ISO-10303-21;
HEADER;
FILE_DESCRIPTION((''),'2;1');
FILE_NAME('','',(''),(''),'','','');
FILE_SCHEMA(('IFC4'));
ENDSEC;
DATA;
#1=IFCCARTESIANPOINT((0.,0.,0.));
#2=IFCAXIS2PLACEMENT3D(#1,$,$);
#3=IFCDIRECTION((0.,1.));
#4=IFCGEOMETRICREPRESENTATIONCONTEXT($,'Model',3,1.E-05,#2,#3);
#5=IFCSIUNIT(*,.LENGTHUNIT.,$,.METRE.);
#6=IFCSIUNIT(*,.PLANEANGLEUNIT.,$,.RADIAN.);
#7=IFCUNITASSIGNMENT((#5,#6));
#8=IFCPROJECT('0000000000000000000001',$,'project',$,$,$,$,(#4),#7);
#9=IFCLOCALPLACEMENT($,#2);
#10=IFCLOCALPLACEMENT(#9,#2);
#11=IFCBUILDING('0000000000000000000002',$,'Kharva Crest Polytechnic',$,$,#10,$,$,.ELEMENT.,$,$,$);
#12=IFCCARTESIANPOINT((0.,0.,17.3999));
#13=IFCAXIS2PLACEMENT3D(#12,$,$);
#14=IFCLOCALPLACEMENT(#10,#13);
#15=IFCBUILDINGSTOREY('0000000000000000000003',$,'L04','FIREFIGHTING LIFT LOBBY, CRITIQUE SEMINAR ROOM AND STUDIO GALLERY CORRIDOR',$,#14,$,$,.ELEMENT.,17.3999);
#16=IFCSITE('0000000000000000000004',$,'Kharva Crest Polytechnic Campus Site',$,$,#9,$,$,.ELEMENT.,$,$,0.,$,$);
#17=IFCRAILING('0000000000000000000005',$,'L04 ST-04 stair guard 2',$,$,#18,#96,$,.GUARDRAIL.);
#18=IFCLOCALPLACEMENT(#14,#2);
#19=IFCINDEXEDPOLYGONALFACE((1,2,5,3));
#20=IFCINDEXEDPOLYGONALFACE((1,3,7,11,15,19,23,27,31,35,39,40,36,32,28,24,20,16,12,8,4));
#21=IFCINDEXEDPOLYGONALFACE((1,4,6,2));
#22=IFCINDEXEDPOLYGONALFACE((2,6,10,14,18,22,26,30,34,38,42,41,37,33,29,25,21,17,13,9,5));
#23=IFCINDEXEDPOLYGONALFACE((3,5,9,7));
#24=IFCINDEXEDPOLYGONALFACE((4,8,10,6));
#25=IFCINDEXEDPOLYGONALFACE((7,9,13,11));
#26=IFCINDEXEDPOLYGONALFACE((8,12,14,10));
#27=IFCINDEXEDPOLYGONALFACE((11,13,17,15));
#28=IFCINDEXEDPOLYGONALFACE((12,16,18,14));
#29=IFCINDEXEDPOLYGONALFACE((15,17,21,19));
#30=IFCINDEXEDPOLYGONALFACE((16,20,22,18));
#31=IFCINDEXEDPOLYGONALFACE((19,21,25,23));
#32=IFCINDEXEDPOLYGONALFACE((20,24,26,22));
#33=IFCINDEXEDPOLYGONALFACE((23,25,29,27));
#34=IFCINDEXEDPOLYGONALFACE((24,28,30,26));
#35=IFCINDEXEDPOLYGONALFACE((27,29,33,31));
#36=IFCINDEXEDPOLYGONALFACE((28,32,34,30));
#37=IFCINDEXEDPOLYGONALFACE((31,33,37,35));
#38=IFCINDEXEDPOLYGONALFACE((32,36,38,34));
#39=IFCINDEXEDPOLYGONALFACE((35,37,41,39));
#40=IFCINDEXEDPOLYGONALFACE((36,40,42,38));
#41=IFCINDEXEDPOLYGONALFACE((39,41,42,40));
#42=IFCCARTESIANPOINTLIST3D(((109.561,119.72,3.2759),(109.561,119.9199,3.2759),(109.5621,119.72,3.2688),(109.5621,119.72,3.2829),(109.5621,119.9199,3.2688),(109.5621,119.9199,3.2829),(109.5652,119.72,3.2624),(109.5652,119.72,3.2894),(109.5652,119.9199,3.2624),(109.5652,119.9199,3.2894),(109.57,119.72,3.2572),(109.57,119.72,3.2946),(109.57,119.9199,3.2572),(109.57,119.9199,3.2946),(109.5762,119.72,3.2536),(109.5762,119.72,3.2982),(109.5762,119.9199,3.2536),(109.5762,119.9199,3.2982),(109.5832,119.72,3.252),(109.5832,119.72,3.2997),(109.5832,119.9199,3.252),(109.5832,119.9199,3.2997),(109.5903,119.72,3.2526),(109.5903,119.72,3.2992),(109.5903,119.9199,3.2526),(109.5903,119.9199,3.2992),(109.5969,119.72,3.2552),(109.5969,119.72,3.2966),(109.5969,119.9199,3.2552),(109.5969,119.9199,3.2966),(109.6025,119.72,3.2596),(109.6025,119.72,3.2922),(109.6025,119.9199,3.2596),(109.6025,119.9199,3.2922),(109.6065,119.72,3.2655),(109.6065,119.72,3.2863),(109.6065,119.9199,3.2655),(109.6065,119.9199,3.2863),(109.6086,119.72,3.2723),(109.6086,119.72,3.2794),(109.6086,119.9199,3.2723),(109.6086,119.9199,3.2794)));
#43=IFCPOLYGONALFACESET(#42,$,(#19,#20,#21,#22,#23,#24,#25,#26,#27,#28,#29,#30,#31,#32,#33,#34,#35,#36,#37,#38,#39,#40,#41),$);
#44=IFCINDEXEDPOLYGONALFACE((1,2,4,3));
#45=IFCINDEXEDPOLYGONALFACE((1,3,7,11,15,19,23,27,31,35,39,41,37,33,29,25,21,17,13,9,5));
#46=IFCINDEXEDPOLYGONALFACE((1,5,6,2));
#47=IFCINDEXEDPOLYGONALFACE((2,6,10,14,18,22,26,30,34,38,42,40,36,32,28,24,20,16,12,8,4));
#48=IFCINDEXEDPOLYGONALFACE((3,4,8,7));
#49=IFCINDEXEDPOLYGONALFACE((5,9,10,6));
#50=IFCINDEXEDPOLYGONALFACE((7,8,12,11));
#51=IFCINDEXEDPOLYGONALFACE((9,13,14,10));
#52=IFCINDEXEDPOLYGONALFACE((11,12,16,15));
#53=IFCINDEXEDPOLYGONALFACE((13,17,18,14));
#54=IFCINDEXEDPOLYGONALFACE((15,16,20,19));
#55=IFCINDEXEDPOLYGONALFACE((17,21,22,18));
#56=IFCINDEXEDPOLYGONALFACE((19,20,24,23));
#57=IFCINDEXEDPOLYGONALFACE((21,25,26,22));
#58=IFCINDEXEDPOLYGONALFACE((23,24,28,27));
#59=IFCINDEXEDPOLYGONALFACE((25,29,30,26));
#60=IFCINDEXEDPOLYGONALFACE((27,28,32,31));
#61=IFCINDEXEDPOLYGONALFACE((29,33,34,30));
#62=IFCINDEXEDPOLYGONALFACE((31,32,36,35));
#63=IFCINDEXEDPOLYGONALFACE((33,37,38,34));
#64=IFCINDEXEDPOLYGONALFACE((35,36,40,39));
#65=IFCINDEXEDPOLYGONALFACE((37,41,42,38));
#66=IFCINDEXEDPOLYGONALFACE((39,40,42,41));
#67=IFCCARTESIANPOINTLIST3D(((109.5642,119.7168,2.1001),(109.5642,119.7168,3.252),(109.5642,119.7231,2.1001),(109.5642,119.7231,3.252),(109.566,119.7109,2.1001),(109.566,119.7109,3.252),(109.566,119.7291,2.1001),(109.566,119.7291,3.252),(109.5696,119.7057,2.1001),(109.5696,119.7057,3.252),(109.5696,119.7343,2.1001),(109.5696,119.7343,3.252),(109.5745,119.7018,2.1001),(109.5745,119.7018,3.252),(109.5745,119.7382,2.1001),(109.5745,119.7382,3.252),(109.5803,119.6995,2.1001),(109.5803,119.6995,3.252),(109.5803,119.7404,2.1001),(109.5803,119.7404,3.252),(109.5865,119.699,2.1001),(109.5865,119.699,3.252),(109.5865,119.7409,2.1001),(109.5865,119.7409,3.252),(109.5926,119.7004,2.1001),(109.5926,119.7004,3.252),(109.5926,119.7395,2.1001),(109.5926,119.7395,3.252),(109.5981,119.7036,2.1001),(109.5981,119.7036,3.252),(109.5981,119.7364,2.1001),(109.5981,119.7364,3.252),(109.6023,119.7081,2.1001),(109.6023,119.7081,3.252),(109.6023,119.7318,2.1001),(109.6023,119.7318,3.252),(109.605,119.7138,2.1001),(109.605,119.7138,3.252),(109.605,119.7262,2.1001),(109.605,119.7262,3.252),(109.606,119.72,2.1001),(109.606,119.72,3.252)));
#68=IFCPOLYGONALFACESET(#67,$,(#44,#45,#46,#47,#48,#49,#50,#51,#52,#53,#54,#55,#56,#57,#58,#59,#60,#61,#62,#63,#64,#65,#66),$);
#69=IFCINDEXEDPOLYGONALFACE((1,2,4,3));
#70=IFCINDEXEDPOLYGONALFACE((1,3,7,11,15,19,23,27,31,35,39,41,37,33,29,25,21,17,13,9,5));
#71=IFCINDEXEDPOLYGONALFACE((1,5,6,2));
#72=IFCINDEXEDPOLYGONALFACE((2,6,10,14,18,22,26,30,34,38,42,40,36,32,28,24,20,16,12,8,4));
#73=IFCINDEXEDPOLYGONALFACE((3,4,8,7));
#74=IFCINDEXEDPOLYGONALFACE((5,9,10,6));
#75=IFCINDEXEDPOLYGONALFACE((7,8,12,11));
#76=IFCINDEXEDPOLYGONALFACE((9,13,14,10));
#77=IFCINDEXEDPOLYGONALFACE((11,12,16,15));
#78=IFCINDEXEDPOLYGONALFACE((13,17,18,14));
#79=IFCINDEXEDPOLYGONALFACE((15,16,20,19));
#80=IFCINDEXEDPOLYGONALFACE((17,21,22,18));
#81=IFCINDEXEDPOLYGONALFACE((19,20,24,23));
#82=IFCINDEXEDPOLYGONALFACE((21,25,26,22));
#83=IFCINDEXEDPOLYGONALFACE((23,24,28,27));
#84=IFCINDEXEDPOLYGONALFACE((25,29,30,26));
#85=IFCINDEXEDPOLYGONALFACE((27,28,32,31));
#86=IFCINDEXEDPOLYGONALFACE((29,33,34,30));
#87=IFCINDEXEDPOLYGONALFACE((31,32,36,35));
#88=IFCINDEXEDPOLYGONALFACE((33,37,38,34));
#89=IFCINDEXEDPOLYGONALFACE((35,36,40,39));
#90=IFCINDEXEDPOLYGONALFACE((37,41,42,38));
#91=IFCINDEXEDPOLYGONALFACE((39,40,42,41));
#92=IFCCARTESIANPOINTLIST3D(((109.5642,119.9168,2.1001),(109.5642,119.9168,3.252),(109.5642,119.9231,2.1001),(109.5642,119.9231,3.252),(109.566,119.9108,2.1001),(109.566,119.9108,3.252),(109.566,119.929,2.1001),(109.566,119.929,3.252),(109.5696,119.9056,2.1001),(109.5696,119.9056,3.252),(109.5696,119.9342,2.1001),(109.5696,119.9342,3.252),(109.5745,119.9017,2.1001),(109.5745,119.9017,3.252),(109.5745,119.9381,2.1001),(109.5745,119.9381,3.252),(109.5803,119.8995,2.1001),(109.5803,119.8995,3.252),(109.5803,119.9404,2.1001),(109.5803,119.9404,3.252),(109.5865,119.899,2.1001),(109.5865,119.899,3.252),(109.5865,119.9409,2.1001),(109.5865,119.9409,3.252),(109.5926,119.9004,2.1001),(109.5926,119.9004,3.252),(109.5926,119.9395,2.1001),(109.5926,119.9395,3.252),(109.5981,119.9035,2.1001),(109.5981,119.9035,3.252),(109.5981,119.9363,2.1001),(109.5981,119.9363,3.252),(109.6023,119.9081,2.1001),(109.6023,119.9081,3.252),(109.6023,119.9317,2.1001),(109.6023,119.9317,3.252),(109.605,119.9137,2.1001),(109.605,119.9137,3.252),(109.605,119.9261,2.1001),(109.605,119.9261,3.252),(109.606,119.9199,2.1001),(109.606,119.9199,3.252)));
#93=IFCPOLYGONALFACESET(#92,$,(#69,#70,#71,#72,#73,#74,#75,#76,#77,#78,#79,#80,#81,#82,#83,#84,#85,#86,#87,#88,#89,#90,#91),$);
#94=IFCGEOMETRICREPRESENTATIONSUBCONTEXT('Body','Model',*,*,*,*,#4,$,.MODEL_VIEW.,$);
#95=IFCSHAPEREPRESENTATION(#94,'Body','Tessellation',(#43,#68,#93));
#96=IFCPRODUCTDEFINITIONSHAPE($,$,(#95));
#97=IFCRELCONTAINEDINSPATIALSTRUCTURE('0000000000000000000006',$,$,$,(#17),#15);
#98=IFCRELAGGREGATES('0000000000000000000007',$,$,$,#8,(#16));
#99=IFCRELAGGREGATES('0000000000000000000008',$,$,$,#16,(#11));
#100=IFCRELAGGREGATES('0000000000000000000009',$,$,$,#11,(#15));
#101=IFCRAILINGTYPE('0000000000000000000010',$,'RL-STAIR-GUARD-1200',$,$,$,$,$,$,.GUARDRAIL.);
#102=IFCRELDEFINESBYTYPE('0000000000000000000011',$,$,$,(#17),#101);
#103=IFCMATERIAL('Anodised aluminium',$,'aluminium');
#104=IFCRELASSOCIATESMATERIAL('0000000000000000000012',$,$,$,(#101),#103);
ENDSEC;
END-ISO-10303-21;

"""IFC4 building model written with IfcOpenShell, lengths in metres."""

from ifc_helpers import new_model, si_unit, direction, frame, origin, origin_2d, place, context, subcontext, project, spatial, circle, extrude, material, type_object, element, save


model = new_model("IFC4")

# Units and contexts
model_context = context("Model", 3, precision=1e-05, world=origin(), true_north=direction((0.0, 1.0)))
body_context = subcontext(model_context, "Body", "Model", "MODEL_VIEW")
ifc_project = project(units=[si_unit("LENGTHUNIT", "METRE"), si_unit("PLANEANGLEUNIT", "RADIAN")], contexts=[model_context])

# Site, building, storey
site_placement = place(None, origin())
site = spatial("IfcSite", under=ifc_project, at=site_placement, Name="Kharva Crest Polytechnic Campus Site", CompositionType="ELEMENT", RefElevation=0.0)
building_placement = place(site_placement, origin())
building = spatial("IfcBuilding", under=site, at=building_placement, Name="Kharva Crest Polytechnic", CompositionType="ELEMENT")
storey_placement = place(building_placement, frame((0.0, 0.0, 17.3999)))
storey = spatial("IfcBuildingStorey", under=building, at=storey_placement, Name="L04", Description="FIREFIGHTING LIFT LOBBY, CRITIQUE SEMINAR ROOM AND STUDIO GALLERY CORRIDOR", CompositionType="ELEMENT", Elevation=17.3999)

# Shared definitions
ifc_material_1 = material(Name="Anodised aluminium", Category="aluminium")

# Railing
railing_type_1 = type_object("IfcRailingType", Name="RL-STAIR-GUARD-1200", PredefinedType="GUARDRAIL", material=ifc_material_1)
railing_1_placement = place(storey_placement, frame((109.585, 119.72, 2.1001)))
element("IfcRailing", 1, at=railing_1_placement, inside=storey, type_object=railing_type_1, Name="L04 ST-04 stair guard 2", PredefinedType="GUARDRAIL", context=body_context, shape_type="SweptSolid", body=[
    extrude(circle(Radius=0.0239, at=origin_2d()), frame((0.0, 0.0, 1.1758), z_axis=(0.0, 1.0, 0.0), x_axis=(-1.0, 0.0, 0.0)), (0.0, 0.0, 1.0), 0.2),
    extrude(circle(Radius=0.021, at=origin_2d()), origin(), (0.0, 0.0, 1.0), 1.1519),
    extrude(circle(Radius=0.021, at=origin_2d()), frame((0.0, 0.2, 0.0)), (0.0, 0.0, 1.0), 1.1519),
])

save(model, "model.ifc")
